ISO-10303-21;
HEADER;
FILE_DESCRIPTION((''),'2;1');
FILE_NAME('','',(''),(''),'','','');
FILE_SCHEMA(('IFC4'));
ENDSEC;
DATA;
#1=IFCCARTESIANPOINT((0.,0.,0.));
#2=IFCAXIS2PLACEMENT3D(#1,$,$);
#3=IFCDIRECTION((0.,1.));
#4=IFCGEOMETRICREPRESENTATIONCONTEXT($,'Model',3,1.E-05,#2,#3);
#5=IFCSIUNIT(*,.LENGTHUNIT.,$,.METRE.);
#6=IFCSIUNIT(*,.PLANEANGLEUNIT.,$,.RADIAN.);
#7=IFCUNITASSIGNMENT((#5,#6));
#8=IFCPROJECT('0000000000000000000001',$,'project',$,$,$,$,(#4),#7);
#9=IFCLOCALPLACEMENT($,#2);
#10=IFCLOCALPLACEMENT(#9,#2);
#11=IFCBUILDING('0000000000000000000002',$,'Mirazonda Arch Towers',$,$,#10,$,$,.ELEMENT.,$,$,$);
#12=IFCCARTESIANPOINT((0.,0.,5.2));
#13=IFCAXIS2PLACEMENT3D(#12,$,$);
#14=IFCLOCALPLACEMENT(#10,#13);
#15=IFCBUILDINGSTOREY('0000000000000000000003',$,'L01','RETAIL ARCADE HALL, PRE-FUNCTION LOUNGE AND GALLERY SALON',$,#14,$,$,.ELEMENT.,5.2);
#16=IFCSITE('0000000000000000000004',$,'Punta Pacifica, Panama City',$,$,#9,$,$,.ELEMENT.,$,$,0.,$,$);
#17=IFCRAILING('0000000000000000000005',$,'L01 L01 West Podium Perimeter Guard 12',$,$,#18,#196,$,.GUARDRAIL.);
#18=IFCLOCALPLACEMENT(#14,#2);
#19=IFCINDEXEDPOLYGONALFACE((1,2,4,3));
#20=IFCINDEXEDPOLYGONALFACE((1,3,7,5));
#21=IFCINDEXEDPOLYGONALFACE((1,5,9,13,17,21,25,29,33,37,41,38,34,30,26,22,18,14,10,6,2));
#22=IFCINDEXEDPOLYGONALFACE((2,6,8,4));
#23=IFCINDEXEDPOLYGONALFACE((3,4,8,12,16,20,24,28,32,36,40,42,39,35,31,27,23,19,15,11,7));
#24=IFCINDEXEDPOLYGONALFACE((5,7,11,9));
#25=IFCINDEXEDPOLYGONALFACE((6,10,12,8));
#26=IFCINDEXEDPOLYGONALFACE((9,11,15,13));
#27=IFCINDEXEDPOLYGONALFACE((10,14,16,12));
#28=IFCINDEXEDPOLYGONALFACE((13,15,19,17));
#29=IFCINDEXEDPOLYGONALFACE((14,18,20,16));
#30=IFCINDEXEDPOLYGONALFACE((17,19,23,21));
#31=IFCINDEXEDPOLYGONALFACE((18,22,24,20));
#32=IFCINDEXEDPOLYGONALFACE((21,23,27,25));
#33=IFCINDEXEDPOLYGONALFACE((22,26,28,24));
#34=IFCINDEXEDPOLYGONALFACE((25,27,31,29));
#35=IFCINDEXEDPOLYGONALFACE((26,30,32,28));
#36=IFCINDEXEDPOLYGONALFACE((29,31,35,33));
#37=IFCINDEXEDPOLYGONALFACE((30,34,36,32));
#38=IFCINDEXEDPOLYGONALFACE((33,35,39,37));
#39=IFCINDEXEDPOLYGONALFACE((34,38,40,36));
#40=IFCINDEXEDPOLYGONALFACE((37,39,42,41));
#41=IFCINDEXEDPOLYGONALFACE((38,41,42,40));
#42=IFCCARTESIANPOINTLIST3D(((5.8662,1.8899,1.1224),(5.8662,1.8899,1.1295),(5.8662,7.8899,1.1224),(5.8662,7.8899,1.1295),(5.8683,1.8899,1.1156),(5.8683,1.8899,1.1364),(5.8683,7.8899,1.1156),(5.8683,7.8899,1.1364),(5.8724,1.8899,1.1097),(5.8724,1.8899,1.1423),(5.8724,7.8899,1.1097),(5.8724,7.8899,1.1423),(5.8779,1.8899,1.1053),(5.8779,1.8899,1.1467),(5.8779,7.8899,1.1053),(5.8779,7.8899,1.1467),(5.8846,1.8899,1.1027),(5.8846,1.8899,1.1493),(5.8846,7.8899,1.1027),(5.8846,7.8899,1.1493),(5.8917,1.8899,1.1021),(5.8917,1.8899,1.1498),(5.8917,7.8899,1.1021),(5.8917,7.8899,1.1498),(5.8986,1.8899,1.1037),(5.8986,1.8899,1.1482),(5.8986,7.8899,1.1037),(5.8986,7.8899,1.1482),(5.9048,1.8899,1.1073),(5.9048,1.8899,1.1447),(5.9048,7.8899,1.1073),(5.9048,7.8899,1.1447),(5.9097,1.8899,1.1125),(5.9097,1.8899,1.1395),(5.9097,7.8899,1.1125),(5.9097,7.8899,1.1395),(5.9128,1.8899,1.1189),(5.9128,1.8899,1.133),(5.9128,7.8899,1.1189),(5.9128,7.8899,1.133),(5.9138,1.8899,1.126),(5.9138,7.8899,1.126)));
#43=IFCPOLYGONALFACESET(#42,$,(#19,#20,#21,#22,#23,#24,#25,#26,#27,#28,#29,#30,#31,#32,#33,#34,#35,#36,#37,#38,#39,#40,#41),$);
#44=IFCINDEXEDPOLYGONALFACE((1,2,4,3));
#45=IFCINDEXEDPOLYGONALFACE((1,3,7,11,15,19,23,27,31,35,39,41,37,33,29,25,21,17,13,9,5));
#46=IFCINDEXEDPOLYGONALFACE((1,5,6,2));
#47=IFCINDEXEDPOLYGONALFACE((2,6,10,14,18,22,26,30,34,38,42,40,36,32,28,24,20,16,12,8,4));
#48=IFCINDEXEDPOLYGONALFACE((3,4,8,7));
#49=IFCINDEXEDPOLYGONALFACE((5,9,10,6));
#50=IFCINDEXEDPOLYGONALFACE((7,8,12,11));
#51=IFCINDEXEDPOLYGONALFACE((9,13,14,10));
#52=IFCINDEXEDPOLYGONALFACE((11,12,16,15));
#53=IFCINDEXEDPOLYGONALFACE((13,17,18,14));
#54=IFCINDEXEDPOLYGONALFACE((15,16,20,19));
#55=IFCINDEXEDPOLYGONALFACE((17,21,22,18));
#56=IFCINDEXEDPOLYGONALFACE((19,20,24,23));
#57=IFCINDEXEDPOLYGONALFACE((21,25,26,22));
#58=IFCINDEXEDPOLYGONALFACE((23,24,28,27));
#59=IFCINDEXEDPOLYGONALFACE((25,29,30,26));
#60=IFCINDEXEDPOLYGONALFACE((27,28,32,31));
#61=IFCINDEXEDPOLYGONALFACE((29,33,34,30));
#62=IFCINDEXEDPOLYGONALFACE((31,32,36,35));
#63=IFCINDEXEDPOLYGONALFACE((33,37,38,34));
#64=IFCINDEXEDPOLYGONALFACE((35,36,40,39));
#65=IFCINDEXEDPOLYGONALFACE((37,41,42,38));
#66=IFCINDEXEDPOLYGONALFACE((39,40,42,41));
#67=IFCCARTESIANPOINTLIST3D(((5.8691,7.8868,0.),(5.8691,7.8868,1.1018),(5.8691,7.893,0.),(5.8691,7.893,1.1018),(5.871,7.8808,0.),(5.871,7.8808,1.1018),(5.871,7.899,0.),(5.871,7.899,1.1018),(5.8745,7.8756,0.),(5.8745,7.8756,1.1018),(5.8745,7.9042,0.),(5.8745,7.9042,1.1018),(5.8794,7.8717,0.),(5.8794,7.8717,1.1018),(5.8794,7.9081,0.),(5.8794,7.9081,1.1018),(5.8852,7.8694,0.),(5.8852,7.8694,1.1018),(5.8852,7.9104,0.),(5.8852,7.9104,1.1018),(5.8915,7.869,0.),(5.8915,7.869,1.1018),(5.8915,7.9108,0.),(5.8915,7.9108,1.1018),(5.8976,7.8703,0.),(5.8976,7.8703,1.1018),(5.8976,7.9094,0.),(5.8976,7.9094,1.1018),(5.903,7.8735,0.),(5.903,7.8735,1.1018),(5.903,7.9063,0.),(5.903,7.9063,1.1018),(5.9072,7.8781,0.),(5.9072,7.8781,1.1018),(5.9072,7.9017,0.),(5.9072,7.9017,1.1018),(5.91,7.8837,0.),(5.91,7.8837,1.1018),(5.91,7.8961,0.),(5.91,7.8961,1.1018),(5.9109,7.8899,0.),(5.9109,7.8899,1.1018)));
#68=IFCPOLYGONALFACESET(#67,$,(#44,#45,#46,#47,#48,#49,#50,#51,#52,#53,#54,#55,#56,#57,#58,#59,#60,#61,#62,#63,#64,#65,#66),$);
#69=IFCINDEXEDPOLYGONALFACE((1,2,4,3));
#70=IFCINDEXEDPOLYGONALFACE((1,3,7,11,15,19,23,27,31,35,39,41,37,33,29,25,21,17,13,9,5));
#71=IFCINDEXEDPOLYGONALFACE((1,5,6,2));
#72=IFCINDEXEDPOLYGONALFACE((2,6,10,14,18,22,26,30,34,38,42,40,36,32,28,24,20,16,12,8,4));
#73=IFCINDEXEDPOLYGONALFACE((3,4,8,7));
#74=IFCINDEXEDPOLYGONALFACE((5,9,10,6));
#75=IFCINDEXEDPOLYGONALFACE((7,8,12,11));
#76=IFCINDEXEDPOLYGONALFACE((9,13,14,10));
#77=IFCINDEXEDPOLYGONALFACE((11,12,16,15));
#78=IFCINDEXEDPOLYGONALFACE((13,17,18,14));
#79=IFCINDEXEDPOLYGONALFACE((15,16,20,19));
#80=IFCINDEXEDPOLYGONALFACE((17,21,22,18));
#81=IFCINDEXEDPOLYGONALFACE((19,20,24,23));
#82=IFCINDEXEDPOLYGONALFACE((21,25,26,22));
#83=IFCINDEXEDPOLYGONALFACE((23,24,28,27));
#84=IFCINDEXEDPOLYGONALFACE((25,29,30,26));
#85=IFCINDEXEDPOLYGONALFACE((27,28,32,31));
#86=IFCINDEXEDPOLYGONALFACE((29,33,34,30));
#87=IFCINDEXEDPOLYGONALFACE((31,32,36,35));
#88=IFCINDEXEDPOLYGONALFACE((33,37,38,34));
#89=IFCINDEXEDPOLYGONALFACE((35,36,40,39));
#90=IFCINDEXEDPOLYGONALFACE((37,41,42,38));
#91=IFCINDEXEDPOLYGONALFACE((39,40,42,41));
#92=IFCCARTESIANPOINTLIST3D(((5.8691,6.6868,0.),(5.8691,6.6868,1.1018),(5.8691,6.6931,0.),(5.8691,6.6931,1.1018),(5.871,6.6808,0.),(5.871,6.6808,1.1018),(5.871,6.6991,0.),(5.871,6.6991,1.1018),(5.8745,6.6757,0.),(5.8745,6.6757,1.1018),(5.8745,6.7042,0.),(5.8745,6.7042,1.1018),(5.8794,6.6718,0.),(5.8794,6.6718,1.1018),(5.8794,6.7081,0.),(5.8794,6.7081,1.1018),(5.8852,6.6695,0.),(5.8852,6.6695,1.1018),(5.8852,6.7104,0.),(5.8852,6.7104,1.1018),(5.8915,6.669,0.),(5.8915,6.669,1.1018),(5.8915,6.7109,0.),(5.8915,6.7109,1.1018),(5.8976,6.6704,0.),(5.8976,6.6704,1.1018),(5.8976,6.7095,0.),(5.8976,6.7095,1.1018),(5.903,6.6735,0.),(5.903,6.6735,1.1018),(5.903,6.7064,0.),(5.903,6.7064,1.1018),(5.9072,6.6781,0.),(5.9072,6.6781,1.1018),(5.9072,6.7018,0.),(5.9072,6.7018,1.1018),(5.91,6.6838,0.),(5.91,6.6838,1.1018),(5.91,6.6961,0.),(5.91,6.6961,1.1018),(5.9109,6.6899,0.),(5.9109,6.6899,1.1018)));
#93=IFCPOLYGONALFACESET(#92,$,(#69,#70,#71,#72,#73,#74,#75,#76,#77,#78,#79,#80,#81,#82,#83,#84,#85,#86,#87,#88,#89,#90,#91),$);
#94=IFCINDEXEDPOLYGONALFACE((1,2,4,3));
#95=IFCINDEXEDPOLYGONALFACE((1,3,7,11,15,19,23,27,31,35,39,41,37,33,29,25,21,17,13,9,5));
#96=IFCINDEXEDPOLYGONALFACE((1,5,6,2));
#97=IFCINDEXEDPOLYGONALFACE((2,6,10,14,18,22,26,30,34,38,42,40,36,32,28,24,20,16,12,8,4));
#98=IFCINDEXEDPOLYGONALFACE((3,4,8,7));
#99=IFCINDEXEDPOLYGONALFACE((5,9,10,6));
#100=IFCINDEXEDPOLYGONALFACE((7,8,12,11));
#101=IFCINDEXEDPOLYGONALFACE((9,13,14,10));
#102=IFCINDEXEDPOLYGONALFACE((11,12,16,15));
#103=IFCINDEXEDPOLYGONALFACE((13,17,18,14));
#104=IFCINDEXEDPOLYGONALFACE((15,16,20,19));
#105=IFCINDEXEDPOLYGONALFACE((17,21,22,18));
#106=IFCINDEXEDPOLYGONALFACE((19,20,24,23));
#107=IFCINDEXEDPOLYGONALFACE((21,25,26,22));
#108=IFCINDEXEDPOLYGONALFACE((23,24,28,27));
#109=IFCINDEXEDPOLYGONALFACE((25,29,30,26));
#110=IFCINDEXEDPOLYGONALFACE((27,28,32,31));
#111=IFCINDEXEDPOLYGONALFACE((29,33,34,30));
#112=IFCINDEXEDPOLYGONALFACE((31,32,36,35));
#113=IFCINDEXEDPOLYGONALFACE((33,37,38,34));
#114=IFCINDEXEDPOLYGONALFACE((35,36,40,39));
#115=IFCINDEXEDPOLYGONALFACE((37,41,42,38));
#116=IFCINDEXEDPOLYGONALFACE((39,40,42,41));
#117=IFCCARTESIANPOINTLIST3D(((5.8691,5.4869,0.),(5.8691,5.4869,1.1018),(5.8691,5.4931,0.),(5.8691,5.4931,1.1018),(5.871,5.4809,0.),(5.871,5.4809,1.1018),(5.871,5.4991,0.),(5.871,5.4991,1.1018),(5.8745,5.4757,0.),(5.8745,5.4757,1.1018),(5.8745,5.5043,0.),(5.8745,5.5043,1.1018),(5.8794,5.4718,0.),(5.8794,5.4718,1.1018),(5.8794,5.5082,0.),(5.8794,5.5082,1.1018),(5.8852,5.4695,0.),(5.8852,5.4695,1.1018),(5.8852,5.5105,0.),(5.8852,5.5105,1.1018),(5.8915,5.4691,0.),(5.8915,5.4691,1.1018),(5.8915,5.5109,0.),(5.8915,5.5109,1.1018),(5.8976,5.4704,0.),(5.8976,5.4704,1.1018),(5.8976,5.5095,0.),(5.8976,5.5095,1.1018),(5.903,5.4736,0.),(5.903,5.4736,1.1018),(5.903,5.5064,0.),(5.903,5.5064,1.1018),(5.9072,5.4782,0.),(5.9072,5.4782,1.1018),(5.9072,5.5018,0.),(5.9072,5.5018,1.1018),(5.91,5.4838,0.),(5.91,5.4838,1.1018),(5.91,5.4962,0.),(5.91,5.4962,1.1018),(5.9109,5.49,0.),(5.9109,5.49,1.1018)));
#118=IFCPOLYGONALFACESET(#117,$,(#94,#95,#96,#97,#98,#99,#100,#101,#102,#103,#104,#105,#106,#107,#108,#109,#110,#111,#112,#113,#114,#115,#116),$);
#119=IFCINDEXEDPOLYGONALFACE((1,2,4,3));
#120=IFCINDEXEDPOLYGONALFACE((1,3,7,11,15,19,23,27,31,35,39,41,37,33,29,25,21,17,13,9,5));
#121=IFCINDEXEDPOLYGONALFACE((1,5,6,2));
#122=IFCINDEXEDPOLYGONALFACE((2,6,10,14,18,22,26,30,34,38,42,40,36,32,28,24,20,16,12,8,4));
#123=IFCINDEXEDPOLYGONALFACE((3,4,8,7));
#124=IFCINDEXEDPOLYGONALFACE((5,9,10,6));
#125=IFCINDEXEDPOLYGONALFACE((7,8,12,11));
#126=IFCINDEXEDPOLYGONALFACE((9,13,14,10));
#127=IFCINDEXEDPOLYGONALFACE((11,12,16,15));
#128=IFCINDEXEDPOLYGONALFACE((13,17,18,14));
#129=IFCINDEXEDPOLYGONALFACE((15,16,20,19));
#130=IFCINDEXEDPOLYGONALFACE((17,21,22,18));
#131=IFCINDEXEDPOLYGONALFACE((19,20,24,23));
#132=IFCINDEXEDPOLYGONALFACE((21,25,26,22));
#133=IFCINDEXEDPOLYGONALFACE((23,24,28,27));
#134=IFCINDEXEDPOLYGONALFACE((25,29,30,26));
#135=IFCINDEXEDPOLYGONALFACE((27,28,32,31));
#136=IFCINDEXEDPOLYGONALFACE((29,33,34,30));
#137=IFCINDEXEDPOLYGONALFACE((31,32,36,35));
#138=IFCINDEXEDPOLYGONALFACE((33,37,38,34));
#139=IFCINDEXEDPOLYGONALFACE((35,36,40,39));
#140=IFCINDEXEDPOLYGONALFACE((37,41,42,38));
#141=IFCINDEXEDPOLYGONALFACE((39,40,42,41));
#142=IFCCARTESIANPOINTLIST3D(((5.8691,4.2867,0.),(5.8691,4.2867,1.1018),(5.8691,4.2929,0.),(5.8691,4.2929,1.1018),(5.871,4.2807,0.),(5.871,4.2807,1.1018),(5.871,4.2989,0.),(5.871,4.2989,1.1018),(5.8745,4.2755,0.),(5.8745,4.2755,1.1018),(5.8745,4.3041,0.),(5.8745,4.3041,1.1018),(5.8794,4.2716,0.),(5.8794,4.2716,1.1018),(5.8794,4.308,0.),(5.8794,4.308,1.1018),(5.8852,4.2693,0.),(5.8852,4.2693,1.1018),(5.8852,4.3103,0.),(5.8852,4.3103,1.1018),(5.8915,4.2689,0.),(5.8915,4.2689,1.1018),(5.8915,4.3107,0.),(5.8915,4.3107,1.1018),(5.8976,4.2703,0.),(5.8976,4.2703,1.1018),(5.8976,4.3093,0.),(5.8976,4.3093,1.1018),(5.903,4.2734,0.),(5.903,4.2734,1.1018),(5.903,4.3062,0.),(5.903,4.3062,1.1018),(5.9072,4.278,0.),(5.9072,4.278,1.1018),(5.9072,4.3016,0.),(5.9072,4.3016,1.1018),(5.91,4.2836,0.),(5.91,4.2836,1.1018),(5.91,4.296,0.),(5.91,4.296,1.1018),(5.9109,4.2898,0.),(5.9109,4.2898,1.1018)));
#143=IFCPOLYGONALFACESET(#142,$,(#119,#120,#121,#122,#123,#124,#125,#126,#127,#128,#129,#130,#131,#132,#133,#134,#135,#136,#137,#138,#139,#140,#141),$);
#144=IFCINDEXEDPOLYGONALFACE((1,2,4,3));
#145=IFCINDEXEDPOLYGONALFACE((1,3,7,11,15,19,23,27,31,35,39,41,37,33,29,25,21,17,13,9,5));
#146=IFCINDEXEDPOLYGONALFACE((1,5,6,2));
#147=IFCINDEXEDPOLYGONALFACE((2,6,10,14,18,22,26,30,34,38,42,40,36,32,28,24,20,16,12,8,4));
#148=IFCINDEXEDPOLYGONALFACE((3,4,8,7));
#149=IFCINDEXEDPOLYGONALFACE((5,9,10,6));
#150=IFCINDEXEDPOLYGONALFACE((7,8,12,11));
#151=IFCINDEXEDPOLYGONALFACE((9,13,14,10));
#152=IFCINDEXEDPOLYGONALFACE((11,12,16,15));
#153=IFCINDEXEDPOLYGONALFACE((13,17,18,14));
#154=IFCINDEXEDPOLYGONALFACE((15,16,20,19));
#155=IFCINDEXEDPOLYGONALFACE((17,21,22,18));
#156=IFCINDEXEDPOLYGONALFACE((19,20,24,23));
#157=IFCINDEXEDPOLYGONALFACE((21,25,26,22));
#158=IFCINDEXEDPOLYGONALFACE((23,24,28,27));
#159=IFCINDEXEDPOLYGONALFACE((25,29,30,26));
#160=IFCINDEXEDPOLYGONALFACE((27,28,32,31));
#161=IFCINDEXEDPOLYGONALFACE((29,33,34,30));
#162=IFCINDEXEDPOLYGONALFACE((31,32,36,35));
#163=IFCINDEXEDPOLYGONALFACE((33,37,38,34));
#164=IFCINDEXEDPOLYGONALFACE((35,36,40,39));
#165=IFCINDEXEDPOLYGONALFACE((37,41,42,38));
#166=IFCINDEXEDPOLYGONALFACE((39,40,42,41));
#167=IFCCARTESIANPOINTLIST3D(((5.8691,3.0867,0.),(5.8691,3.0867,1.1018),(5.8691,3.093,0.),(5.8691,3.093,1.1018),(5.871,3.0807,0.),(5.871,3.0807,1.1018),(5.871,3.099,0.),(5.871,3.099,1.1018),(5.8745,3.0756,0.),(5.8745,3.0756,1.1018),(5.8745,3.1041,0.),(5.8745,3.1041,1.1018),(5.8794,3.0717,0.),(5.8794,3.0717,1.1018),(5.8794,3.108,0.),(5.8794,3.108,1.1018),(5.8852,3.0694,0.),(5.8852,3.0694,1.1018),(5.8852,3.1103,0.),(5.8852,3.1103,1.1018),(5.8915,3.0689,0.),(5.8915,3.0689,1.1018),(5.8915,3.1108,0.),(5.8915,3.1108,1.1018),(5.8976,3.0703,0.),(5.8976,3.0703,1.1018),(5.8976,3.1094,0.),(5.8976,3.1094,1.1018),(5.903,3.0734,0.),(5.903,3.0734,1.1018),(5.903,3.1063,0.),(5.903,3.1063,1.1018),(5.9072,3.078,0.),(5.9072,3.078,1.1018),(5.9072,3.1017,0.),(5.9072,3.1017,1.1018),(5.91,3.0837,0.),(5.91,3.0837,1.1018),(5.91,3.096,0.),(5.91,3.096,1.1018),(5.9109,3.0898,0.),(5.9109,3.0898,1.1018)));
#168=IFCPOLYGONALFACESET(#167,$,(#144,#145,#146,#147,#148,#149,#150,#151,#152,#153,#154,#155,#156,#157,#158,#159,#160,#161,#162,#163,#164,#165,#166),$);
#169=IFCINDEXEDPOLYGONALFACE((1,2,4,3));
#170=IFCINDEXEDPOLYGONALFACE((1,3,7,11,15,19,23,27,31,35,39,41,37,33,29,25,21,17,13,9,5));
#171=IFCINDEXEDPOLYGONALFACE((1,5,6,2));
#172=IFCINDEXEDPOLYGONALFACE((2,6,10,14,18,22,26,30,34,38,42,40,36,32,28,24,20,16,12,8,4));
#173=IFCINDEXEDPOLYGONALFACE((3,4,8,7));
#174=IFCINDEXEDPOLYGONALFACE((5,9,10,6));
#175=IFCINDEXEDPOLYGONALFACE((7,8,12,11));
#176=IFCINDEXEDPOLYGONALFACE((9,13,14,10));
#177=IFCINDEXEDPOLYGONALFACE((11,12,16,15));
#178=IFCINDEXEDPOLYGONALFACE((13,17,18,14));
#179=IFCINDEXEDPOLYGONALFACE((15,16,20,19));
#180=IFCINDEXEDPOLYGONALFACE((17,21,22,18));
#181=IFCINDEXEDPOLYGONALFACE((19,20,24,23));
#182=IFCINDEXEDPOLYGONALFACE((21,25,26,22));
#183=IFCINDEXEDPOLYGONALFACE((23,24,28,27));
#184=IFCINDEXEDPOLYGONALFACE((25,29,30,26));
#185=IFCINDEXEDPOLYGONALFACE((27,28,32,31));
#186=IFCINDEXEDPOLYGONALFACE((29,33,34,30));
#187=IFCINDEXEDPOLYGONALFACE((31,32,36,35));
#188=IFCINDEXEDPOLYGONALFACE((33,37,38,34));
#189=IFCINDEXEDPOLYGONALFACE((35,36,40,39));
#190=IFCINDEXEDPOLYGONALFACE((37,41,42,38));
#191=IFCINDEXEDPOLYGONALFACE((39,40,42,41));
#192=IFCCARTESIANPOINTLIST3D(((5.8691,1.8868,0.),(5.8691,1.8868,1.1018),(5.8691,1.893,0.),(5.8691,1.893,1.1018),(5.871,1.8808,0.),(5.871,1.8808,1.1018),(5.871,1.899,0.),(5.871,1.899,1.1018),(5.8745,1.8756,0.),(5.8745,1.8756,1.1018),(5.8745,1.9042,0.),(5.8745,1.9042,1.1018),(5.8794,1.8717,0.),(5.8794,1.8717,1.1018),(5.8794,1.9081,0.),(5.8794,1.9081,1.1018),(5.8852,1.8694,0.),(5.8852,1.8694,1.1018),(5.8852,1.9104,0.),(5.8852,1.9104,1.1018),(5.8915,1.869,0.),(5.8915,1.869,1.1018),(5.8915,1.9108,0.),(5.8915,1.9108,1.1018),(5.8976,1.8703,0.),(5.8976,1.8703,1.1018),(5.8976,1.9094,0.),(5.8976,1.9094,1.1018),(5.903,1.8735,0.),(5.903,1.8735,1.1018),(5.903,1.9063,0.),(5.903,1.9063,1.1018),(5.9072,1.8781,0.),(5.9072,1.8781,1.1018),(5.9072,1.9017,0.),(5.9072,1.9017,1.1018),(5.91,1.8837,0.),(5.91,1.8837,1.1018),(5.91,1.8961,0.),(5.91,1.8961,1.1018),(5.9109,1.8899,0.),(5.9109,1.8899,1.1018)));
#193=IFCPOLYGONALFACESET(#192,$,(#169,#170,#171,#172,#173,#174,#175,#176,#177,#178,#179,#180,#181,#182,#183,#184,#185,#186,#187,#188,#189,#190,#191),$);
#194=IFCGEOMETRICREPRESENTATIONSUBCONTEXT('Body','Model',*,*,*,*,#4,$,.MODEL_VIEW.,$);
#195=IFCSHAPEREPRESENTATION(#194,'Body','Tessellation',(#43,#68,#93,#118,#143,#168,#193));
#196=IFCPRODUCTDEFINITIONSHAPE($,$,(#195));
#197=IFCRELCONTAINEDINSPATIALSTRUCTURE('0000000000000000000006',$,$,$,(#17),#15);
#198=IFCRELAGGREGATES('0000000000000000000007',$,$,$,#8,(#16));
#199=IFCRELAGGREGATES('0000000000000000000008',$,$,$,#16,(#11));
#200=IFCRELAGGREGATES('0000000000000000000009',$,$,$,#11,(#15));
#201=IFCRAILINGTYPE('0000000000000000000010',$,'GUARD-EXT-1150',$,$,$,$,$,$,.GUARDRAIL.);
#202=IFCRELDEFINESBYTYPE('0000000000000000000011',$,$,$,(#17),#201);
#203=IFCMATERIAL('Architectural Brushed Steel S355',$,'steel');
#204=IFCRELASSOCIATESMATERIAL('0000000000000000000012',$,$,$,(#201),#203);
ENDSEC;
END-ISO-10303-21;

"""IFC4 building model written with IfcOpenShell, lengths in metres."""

from ifc_helpers import new_model, si_unit, direction, frame, origin, origin_2d, place, context, subcontext, project, spatial, circle, extrude, material, type_object, element, save


model = new_model("IFC4")

# Units and contexts
model_context = context("Model", 3, precision=1e-05, world=origin(), true_north=direction((0.0, 1.0)))
body_context = subcontext(model_context, "Body", "Model", "MODEL_VIEW")
ifc_project = project(units=[si_unit("LENGTHUNIT", "METRE"), si_unit("PLANEANGLEUNIT", "RADIAN")], contexts=[model_context])

# Site, building, storey
site_placement = place(None, origin())
site = spatial("IfcSite", under=ifc_project, at=site_placement, Name="Punta Pacifica, Panama City", CompositionType="ELEMENT", RefElevation=0.0)
building_placement = place(site_placement, origin())
building = spatial("IfcBuilding", under=site, at=building_placement, Name="Mirazonda Arch Towers", CompositionType="ELEMENT")
storey_placement = place(building_placement, frame((0.0, 0.0, 5.2)))
storey = spatial("IfcBuildingStorey", under=building, at=storey_placement, Name="L01", Description="RETAIL ARCADE HALL, PRE-FUNCTION LOUNGE AND GALLERY SALON", CompositionType="ELEMENT", Elevation=5.2)

# Railing
ifc_material_1 = material(Name="Architectural Brushed Steel S355", Category="steel")
railing_type = type_object("IfcRailingType", Name="GUARD-EXT-1150", PredefinedType="GUARDRAIL", material=ifc_material_1)
railing_1_placement = place(storey_placement, frame((5.8899, 7.8899, 0.0)))
element("IfcRailing", 1, at=railing_1_placement, inside=storey, type_object=railing_type, Name="L01 L01 West Podium Perimeter Guard 12", PredefinedType="GUARDRAIL", context=body_context, shape_type="SweptSolid", body=[
    extrude(circle(Radius=0.0239, at=origin_2d()), frame((0.0, 0.0, 1.126), z_axis=(0.0, -1.0, 0.0), x_axis=(1.0, 0.0, 0.0)), (0.0, 0.0, 1.0), 6.0),
    extrude(circle(Radius=0.021, at=origin_2d()), origin(), (0.0, 0.0, 1.0), 1.1018),
    extrude(circle(Radius=0.021, at=origin_2d()), frame((0.0, -1.2, 0.0)), (0.0, 0.0, 1.0), 1.1018),
    extrude(circle(Radius=0.021, at=origin_2d()), frame((0.0, -2.3999, 0.0)), (0.0, 0.0, 1.0), 1.1018),
    extrude(circle(Radius=0.021, at=origin_2d()), frame((0.0, -3.6001, 0.0)), (0.0, 0.0, 1.0), 1.1018),
    extrude(circle(Radius=0.021, at=origin_2d()), frame((0.0, -4.8, 0.0)), (0.0, 0.0, 1.0), 1.1018),
    extrude(circle(Radius=0.021, at=origin_2d()), frame((0.0, -6.0, 0.0)), (0.0, 0.0, 1.0), 1.1018),
])

save(model, "model.ifc")
